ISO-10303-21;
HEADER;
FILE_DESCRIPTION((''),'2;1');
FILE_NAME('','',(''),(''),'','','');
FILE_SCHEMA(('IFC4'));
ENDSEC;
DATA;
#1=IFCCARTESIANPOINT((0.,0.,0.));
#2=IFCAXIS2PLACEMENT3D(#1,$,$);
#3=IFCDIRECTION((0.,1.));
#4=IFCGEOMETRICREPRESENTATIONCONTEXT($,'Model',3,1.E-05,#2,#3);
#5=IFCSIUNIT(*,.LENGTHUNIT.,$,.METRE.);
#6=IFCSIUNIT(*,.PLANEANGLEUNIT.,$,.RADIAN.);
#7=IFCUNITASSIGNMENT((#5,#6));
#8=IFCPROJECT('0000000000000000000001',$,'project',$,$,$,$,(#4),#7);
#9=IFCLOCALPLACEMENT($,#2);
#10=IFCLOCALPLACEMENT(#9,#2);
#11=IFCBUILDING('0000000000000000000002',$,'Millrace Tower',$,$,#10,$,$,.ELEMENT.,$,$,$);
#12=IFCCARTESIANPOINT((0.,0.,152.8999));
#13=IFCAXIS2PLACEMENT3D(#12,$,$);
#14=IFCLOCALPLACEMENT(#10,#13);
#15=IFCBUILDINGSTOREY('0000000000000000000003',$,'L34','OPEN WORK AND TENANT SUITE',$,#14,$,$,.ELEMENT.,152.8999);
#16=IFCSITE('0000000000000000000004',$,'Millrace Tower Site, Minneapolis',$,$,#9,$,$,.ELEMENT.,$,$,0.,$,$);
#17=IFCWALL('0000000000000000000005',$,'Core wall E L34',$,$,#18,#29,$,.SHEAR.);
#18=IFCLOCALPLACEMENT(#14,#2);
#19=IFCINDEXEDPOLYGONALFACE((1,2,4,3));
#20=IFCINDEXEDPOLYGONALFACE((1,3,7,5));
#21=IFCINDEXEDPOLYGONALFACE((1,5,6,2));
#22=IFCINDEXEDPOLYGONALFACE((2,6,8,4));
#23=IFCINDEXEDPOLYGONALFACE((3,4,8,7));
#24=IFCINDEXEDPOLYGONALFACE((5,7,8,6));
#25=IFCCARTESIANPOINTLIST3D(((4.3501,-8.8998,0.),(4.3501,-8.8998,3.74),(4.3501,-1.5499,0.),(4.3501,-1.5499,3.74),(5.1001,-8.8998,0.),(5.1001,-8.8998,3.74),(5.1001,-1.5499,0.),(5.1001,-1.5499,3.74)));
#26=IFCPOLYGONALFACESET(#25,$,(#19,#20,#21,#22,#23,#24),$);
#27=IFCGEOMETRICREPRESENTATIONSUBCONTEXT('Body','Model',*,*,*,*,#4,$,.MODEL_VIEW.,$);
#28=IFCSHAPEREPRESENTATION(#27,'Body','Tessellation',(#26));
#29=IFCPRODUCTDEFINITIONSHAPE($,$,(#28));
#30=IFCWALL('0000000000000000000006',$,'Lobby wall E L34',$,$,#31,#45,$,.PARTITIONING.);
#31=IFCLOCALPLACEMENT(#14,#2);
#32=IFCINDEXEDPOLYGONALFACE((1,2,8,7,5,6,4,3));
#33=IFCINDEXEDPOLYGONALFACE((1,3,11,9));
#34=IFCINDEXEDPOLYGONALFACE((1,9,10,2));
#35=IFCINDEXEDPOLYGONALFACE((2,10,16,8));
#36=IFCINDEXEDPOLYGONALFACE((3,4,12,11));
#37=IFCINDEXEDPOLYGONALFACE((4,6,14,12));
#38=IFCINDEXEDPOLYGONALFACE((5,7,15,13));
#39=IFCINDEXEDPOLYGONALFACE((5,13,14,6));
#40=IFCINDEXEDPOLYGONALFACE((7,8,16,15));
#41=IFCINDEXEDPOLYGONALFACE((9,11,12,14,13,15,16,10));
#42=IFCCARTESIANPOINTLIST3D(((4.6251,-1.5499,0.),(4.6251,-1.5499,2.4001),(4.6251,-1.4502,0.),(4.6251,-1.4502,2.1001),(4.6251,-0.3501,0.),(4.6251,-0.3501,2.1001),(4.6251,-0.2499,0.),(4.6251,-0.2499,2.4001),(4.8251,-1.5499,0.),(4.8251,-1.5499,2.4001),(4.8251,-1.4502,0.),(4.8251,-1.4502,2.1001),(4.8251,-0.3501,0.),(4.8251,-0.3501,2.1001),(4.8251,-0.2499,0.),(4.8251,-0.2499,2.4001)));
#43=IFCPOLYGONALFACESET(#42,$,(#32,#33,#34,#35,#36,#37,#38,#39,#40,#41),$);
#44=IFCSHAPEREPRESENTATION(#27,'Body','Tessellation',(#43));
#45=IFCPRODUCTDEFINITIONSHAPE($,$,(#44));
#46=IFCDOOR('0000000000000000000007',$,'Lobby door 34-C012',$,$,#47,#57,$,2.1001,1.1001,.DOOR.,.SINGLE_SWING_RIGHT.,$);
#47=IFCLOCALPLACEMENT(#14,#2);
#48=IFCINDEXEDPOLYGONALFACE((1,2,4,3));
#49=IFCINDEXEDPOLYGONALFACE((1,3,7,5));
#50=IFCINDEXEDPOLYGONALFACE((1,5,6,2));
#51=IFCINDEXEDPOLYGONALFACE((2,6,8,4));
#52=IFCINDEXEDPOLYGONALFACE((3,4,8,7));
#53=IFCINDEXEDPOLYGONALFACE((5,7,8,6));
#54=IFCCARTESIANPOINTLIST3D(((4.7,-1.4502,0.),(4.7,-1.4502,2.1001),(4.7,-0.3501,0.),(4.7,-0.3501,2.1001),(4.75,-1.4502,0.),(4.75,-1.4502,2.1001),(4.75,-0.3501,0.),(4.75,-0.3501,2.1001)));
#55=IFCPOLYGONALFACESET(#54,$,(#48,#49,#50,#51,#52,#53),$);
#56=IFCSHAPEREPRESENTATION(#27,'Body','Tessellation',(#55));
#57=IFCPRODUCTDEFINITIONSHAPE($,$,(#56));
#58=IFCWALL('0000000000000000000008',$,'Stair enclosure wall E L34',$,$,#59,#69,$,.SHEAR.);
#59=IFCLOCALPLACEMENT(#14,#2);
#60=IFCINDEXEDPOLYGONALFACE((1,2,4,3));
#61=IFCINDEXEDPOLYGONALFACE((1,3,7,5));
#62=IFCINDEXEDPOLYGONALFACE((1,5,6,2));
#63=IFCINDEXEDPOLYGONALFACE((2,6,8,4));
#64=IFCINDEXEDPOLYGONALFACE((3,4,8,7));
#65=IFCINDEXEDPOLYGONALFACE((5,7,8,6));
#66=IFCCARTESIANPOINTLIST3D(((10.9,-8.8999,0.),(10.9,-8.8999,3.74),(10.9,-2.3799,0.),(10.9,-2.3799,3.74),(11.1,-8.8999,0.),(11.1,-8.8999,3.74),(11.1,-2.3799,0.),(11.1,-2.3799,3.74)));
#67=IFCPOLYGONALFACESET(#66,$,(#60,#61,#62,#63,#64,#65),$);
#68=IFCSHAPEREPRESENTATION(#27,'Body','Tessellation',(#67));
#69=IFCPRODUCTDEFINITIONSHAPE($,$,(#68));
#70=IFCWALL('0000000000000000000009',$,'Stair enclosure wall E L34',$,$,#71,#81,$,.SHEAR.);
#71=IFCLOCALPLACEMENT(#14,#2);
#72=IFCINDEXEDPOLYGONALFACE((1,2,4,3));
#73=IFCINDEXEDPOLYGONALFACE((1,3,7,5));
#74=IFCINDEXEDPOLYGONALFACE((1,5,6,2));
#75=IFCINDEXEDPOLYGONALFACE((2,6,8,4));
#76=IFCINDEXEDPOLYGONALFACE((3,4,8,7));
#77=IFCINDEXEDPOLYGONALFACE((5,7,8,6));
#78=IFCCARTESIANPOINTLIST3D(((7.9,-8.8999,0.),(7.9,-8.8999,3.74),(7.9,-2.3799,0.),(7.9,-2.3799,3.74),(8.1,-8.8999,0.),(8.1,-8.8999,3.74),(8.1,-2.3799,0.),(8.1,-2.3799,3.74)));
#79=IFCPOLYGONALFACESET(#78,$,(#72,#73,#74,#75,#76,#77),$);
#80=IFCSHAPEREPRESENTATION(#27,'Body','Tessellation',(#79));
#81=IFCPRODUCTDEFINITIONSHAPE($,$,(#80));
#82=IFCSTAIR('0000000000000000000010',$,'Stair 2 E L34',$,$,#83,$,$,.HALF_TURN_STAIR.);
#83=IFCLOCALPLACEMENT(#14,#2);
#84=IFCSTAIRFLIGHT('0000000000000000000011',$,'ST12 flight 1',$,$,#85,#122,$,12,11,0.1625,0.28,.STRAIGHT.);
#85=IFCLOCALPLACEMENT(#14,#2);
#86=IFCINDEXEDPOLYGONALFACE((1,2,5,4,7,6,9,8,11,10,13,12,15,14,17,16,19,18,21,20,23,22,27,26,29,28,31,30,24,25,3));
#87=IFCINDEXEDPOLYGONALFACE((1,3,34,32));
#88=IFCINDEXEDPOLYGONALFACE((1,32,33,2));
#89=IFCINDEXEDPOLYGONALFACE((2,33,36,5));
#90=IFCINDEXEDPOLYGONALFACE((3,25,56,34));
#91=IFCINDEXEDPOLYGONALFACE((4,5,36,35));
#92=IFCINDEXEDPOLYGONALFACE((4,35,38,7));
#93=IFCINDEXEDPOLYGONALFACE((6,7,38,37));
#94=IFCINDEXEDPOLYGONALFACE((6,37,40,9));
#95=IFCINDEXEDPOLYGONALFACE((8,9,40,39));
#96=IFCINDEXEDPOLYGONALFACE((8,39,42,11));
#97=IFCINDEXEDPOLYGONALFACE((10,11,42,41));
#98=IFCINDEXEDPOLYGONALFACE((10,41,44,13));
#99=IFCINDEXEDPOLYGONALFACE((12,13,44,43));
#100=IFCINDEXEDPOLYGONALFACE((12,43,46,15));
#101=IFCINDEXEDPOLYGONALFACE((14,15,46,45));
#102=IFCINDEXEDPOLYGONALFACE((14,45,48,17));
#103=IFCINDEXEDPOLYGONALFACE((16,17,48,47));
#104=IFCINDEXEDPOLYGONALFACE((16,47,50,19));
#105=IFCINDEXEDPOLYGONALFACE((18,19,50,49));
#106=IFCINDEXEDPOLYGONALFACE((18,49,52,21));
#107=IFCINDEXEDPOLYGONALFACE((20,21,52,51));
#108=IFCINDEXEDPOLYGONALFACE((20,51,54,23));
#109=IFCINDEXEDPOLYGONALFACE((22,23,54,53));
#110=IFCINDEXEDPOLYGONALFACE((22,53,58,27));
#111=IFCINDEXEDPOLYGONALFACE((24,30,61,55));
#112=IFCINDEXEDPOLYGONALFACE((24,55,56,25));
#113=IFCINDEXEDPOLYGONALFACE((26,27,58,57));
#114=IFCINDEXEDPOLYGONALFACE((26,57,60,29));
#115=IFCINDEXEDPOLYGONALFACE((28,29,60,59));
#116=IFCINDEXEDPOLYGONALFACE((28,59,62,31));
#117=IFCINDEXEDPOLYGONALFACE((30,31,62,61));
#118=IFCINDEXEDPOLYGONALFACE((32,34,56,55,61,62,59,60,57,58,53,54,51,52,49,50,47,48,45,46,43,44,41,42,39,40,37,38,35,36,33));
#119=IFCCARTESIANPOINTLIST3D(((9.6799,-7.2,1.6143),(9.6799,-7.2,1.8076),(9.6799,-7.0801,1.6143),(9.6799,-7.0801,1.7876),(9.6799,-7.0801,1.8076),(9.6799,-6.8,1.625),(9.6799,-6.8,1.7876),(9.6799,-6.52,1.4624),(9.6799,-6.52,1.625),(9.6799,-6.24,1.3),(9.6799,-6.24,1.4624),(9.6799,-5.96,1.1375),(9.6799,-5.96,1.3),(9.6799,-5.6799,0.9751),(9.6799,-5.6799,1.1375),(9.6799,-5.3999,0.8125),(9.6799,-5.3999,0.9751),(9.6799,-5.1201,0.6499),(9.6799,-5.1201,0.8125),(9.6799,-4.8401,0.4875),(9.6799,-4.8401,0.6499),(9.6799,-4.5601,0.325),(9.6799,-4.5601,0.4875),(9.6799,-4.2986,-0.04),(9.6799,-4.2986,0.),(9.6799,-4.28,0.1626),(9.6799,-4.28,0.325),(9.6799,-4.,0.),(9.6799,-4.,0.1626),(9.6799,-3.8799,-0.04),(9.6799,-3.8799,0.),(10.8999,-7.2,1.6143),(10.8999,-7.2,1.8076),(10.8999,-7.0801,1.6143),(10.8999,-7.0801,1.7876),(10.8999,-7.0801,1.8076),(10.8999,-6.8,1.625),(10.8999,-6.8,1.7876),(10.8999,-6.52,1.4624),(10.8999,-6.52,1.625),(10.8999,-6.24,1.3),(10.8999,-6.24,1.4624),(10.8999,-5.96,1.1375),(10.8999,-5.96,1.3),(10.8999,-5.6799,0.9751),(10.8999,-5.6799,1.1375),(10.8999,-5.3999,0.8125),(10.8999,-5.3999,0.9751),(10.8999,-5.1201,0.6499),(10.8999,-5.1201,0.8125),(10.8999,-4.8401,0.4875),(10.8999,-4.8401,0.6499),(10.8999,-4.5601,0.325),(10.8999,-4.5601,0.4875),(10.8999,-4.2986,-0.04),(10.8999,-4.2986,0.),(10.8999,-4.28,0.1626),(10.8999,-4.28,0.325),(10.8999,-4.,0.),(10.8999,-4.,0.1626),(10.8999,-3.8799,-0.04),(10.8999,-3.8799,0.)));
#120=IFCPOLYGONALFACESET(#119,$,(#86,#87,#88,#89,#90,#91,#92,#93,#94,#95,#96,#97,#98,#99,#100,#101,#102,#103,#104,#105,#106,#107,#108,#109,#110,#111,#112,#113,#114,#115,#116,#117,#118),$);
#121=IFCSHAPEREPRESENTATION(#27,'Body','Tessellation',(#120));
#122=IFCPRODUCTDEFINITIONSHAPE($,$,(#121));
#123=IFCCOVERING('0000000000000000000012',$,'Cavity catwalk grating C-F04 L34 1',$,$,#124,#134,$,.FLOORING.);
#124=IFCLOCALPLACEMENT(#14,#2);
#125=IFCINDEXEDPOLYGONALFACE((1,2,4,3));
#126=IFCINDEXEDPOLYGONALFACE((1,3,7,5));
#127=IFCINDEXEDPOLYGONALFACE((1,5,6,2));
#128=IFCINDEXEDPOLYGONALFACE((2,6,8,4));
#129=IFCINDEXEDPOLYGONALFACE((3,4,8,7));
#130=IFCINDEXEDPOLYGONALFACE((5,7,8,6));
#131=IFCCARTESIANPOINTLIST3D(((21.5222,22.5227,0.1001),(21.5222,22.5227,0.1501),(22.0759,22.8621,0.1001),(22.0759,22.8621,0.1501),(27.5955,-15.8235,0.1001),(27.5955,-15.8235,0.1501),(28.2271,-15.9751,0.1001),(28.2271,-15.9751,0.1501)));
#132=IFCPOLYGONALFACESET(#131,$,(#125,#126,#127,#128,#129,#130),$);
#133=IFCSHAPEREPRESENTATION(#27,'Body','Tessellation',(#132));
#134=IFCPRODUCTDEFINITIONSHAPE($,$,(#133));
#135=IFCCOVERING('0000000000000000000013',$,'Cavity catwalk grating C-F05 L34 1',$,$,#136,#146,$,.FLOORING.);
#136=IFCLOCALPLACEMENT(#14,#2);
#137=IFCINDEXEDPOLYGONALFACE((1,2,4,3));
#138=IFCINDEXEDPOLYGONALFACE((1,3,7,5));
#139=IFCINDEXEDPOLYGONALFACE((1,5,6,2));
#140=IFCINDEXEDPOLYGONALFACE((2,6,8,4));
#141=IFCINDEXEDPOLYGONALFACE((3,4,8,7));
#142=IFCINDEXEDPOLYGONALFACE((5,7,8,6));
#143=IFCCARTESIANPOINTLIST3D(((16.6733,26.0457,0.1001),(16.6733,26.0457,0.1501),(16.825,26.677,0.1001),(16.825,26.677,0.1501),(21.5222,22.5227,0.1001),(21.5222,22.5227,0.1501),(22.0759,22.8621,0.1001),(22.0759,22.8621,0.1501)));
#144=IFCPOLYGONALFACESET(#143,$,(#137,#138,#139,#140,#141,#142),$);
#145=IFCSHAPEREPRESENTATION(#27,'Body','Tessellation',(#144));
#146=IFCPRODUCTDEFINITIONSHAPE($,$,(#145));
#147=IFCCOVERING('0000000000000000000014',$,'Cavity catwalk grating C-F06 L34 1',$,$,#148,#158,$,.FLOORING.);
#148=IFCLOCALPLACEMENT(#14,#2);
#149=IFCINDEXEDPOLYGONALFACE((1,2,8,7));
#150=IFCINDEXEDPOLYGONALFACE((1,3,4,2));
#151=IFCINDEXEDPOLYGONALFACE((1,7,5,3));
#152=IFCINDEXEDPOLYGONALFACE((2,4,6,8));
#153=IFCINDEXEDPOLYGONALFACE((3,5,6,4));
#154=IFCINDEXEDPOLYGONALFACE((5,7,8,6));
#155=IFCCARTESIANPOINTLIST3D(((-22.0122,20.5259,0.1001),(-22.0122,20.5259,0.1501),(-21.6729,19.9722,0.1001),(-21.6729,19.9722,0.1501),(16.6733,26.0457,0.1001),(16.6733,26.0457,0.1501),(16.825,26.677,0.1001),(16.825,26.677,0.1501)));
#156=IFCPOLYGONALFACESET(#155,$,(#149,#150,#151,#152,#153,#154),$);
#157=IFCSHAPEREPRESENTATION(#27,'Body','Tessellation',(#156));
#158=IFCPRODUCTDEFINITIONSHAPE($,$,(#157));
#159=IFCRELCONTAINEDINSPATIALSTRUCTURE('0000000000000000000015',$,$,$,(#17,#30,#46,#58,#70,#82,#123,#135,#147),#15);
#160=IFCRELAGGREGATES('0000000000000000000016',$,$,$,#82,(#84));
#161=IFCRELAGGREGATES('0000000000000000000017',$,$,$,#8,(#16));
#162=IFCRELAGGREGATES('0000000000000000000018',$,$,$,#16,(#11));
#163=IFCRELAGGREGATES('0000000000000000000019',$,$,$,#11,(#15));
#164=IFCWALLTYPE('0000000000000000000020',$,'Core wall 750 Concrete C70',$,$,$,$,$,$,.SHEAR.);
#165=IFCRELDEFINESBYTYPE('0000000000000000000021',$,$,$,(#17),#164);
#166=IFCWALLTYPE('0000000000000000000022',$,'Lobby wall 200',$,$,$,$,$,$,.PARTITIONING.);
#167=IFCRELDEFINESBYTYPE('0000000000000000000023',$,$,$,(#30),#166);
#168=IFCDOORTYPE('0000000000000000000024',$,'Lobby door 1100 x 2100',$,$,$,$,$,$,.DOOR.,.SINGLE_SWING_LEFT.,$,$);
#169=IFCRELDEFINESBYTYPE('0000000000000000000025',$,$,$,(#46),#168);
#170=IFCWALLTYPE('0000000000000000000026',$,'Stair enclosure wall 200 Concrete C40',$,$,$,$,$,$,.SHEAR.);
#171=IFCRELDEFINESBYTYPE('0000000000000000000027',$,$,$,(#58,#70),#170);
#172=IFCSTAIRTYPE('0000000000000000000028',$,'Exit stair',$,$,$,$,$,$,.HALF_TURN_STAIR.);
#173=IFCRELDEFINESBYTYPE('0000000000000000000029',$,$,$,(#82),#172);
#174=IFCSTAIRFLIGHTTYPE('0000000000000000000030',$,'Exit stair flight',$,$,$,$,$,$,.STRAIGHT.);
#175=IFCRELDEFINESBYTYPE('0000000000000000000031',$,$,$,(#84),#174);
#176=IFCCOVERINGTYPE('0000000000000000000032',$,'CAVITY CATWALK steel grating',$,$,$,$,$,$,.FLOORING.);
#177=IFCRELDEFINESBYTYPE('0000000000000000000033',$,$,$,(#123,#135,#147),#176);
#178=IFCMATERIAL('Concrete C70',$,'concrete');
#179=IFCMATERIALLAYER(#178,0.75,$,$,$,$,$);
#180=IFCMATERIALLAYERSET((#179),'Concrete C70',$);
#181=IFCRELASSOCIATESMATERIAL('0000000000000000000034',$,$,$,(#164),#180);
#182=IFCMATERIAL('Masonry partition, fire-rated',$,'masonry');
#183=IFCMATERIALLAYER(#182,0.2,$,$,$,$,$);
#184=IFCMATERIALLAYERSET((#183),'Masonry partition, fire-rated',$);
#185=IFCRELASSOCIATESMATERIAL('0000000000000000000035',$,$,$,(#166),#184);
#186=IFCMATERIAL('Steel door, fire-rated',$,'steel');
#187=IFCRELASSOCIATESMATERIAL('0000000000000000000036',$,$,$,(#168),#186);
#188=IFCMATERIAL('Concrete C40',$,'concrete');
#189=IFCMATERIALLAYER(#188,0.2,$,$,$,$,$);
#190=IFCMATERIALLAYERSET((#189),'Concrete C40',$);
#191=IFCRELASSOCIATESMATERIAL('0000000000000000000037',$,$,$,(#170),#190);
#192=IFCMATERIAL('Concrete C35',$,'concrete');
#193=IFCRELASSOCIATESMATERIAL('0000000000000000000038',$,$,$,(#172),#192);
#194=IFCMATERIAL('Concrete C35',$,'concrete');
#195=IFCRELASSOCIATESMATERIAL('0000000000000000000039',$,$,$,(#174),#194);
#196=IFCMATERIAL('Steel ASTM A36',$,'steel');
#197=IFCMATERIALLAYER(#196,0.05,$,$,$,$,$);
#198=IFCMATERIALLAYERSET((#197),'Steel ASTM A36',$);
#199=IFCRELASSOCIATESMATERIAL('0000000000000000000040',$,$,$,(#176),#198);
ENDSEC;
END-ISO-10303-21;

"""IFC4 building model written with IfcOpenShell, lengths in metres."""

from ifc_helpers import new_model, si_unit, direction, frame, frame_2d, origin, place, context, subcontext, project, spatial, polyline, rectangle, outline, extrude, material, layer, layer_set, type_object, element, fill, aggregate, save


model = new_model("IFC4")

# Units and contexts
model_context = context("Model", 3, precision=1e-05, world=origin(), true_north=direction((0.0, 1.0)))
body_context = subcontext(model_context, "Body", "Model", "MODEL_VIEW")
ifc_project = project(units=[si_unit("LENGTHUNIT", "METRE"), si_unit("PLANEANGLEUNIT", "RADIAN")], contexts=[model_context])

# Site, building, storey
site_placement = place(None, origin())
site = spatial("IfcSite", under=ifc_project, at=site_placement, Name="Millrace Tower Site, Minneapolis", CompositionType="ELEMENT", RefElevation=0.0)
building_placement = place(site_placement, origin())
building = spatial("IfcBuilding", under=site, at=building_placement, Name="Millrace Tower", CompositionType="ELEMENT")
storey_placement = place(building_placement, frame((0.0, 0.0, 152.8999)))
storey = spatial("IfcBuildingStorey", under=building, at=storey_placement, Name="L34", Description="OPEN WORK AND TENANT SUITE", CompositionType="ELEMENT", Elevation=152.8999)

# Shared definitions
placement_1 = place(storey_placement, origin())

# Wall
ifc_material_1 = material(Name="Concrete C70", Category="concrete")
ifc_layer_1 = layer(ifc_material_1, 0.75)
ifc_layer_set_1 = layer_set([ifc_layer_1], Name="Concrete C70")
wall_type_1 = type_object("IfcWallType", Name="Core wall 750 Concrete C70", PredefinedType="SHEAR", material=ifc_layer_set_1)
wall_1_placement = place(storey_placement, frame((4.7251, -1.55, 0.0), z_axis=(0.0, 0.0, 1.0), x_axis=(0.0, -1.0, 0.0)))
element("IfcWall", 1, at=wall_1_placement, inside=storey, type_object=wall_type_1, Name="Core wall E L34", PredefinedType="SHEAR", context=body_context, shape_type="SweptSolid", body=[
    extrude(rectangle(XDim=7.3499, YDim=0.75, at=frame_2d((3.6748, 0.0))), origin(), (0.0, 0.0, 1.0), 3.74),
])

# Wall, opening, door
ifc_material_2 = material(Name="Masonry partition, fire-rated", Category="masonry")
ifc_layer_2 = layer(ifc_material_2, 0.2)
ifc_layer_set_2 = layer_set([ifc_layer_2], Name="Masonry partition, fire-rated")
wall_type_2 = type_object("IfcWallType", Name="Lobby wall 200", PredefinedType="PARTITIONING", material=ifc_layer_set_2)
wall_2_placement = place(storey_placement, frame((4.7251, -0.25, 0.0), z_axis=(0.0, 0.0, 1.0), x_axis=(0.0, -1.0, 0.0)))
wall_2 = element("IfcWall", 2, at=wall_2_placement, inside=storey, type_object=wall_type_2, Name="Lobby wall E L34", PredefinedType="PARTITIONING", context=body_context, shape_type="SweptSolid", body=[
    extrude(rectangle(XDim=1.3, YDim=0.2, at=frame_2d((0.6499, 0.0))), origin(), (0.0, 0.0, 1.0), 2.4001),
])
opening_placement = place(wall_2_placement, frame((0.1001, 0.0, 0.0)))
opening = element("IfcOpeningElement", 3, at=opening_placement, cuts=wall_2, PredefinedType="OPENING", context=body_context, shape_type="SweptSolid", body=[
    extrude(rectangle(XDim=1.1001, YDim=2.1001, at=frame_2d((0.55, 1.05))), frame((0.0, 0.1099, 0.0), z_axis=(0.0, -1.0, 0.0), x_axis=(1.0, 0.0, 0.0)), (0.0, 0.0, 1.0), 0.22),
])
ifc_material_3 = material(Name="Steel door, fire-rated", Category="steel")
door_type = type_object("IfcDoorType", Name="Lobby door 1100 x 2100", OperationType="SINGLE_SWING_LEFT", PredefinedType="DOOR", material=ifc_material_3)
door_placement = place(opening_placement, origin())
door = element("IfcDoor", 4, at=door_placement, inside=storey, type_object=door_type, Name="Lobby door 34-C012", OperationType="SINGLE_SWING_RIGHT", OverallHeight=2.1001, OverallWidth=1.1001, PredefinedType="DOOR", context=body_context, shape_type="SweptSolid", body=[
    extrude(rectangle(XDim=1.1001, YDim=2.1001, at=frame_2d((0.55, 1.05))), frame((0.0, 0.0249, 0.0), z_axis=(0.0, -1.0, 0.0), x_axis=(1.0, 0.0, 0.0)), (0.0, 0.0, 1.0), 0.05),
])
fill(opening, door)

# Walls
ifc_material_4 = material(Name="Concrete C40", Category="concrete")
ifc_layer_3 = layer(ifc_material_4, 0.2)
ifc_layer_set_3 = layer_set([ifc_layer_3], Name="Concrete C40")
wall_type_3 = type_object("IfcWallType", Name="Stair enclosure wall 200 Concrete C40", PredefinedType="SHEAR", material=ifc_layer_set_3)
for number, where, z_axis, x_axis, name in (
    (5, (11.0, -2.3799, 0.0), (0.0, 0.0, 1.0), (0.0, -1.0, 0.0), "Stair enclosure wall E L34"),
    (6, (8.0, -2.3799, 0.0), (0.0, 0.0, 1.0), (0.0, -1.0, 0.0), "Stair enclosure wall E L34"),
):
    element("IfcWall", number, at=place(storey_placement, frame(where, z_axis=z_axis, x_axis=x_axis)), inside=storey, type_object=wall_type_3, Name=name, PredefinedType="SHEAR", context=body_context, shape_type="SweptSolid", body=[
        extrude(rectangle(XDim=6.52, YDim=0.2, at=frame_2d((3.26, 0.0))), origin(), (0.0, 0.0, 1.0), 3.74),
    ])

# Stair, stair flight
ifc_material_5 = material(Name="Concrete C35", Category="concrete")
stair_type = type_object("IfcStairType", Name="Exit stair", PredefinedType="HALF_TURN_STAIR", material=ifc_material_5)
stair = element("IfcStair", 7, at=placement_1, inside=storey, type_object=stair_type, Name="Stair 2 E L34", PredefinedType="HALF_TURN_STAIR")
ifc_material_6 = material(Name="Concrete C35", Category="concrete")
stair_flight_type = type_object("IfcStairFlightType", Name="Exit stair flight", PredefinedType="STRAIGHT", material=ifc_material_6)
stair_flight_placement = place(storey_placement, frame((10.29, -4.0, 0.0), z_axis=(0.0, 0.0, 1.0), x_axis=(0.0, -1.0, 0.0)))
stair_flight = element("IfcStairFlight", 8, at=stair_flight_placement, type_object=stair_flight_type, Name="ST12 flight 1", NumberOfRisers=12, NumberOfTreads=11, PredefinedType="STRAIGHT", RiserHeight=0.1625, TreadLength=0.28, context=body_context, shape_type="SweptSolid", body=[
    extrude(outline(polyline([(-0.1201, -0.04), (-0.1201, 0.0), (0.0, 0.0), (0.0, 0.1626), (0.28, 0.1626), (0.28, 0.325), (0.5601, 0.325), (0.5601, 0.4875), (0.8401, 0.4875), (0.8401, 0.6499), (1.1201, 0.6499), (1.1201, 0.8125), (1.3999, 0.8125), (1.3999, 0.9751), (1.6799, 0.9751), (1.6799, 1.1375), (1.96, 1.1375), (1.96, 1.3), (2.24, 1.3), (2.24, 1.4624), (2.52, 1.4624), (2.52, 1.625), (2.8, 1.625), (2.8, 1.7876), (3.0801, 1.7876), (3.0801, 1.8076), (3.2, 1.8076), (3.2, 1.6143), (3.0801, 1.6143), (0.2986, 0.0), (0.2986, -0.04), (-0.1201, -0.04)])), frame((0.0, 0.6099, 0.0), z_axis=(0.0, -1.0, 0.0), x_axis=(1.0, 0.0, 0.0)), (0.0, 0.0, 1.0), 1.22),
])
aggregate(stair, [stair_flight])

# Coverings
ifc_material_7 = material(Name="Steel ASTM A36", Category="steel")
ifc_layer_4 = layer(ifc_material_7, 0.05)
ifc_layer_set_4 = layer_set([ifc_layer_4], Name="Steel ASTM A36")
covering_type = type_object("IfcCoveringType", Name="CAVITY CATWALK steel grating", PredefinedType="FLOORING", material=ifc_layer_set_4)
placement_2 = place(storey_placement, frame((0.0, 0.0, 0.1001)))
element("IfcCovering", 9, at=placement_2, inside=storey, type_object=covering_type, Name="Cavity catwalk grating C-F04 L34 1", PredefinedType="FLOORING", context=body_context, shape_type="SweptSolid", body=[
    extrude(outline(polyline([(28.2271, -15.9751), (22.0759, 22.8621), (21.5222, 22.5227), (27.5955, -15.8235), (28.2271, -15.9751)])), origin(), (0.0, 0.0, 1.0), 0.05),
])
element("IfcCovering", 10, at=placement_2, inside=storey, type_object=covering_type, Name="Cavity catwalk grating C-F05 L34 1", PredefinedType="FLOORING", context=body_context, shape_type="SweptSolid", body=[
    extrude(outline(polyline([(22.0759, 22.8621), (16.825, 26.677), (16.6733, 26.0457), (21.5222, 22.5227), (22.0759, 22.8621)])), origin(), (0.0, 0.0, 1.0), 0.05),
])
element("IfcCovering", 11, at=placement_2, inside=storey, type_object=covering_type, Name="Cavity catwalk grating C-F06 L34 1", PredefinedType="FLOORING", context=body_context, shape_type="SweptSolid", body=[
    extrude(outline(polyline([(16.825, 26.677), (-22.0122, 20.5259), (-21.6729, 19.9722), (16.6733, 26.0457), (16.825, 26.677)])), origin(), (0.0, 0.0, 1.0), 0.05),
])

save(model, "model.ifc")
